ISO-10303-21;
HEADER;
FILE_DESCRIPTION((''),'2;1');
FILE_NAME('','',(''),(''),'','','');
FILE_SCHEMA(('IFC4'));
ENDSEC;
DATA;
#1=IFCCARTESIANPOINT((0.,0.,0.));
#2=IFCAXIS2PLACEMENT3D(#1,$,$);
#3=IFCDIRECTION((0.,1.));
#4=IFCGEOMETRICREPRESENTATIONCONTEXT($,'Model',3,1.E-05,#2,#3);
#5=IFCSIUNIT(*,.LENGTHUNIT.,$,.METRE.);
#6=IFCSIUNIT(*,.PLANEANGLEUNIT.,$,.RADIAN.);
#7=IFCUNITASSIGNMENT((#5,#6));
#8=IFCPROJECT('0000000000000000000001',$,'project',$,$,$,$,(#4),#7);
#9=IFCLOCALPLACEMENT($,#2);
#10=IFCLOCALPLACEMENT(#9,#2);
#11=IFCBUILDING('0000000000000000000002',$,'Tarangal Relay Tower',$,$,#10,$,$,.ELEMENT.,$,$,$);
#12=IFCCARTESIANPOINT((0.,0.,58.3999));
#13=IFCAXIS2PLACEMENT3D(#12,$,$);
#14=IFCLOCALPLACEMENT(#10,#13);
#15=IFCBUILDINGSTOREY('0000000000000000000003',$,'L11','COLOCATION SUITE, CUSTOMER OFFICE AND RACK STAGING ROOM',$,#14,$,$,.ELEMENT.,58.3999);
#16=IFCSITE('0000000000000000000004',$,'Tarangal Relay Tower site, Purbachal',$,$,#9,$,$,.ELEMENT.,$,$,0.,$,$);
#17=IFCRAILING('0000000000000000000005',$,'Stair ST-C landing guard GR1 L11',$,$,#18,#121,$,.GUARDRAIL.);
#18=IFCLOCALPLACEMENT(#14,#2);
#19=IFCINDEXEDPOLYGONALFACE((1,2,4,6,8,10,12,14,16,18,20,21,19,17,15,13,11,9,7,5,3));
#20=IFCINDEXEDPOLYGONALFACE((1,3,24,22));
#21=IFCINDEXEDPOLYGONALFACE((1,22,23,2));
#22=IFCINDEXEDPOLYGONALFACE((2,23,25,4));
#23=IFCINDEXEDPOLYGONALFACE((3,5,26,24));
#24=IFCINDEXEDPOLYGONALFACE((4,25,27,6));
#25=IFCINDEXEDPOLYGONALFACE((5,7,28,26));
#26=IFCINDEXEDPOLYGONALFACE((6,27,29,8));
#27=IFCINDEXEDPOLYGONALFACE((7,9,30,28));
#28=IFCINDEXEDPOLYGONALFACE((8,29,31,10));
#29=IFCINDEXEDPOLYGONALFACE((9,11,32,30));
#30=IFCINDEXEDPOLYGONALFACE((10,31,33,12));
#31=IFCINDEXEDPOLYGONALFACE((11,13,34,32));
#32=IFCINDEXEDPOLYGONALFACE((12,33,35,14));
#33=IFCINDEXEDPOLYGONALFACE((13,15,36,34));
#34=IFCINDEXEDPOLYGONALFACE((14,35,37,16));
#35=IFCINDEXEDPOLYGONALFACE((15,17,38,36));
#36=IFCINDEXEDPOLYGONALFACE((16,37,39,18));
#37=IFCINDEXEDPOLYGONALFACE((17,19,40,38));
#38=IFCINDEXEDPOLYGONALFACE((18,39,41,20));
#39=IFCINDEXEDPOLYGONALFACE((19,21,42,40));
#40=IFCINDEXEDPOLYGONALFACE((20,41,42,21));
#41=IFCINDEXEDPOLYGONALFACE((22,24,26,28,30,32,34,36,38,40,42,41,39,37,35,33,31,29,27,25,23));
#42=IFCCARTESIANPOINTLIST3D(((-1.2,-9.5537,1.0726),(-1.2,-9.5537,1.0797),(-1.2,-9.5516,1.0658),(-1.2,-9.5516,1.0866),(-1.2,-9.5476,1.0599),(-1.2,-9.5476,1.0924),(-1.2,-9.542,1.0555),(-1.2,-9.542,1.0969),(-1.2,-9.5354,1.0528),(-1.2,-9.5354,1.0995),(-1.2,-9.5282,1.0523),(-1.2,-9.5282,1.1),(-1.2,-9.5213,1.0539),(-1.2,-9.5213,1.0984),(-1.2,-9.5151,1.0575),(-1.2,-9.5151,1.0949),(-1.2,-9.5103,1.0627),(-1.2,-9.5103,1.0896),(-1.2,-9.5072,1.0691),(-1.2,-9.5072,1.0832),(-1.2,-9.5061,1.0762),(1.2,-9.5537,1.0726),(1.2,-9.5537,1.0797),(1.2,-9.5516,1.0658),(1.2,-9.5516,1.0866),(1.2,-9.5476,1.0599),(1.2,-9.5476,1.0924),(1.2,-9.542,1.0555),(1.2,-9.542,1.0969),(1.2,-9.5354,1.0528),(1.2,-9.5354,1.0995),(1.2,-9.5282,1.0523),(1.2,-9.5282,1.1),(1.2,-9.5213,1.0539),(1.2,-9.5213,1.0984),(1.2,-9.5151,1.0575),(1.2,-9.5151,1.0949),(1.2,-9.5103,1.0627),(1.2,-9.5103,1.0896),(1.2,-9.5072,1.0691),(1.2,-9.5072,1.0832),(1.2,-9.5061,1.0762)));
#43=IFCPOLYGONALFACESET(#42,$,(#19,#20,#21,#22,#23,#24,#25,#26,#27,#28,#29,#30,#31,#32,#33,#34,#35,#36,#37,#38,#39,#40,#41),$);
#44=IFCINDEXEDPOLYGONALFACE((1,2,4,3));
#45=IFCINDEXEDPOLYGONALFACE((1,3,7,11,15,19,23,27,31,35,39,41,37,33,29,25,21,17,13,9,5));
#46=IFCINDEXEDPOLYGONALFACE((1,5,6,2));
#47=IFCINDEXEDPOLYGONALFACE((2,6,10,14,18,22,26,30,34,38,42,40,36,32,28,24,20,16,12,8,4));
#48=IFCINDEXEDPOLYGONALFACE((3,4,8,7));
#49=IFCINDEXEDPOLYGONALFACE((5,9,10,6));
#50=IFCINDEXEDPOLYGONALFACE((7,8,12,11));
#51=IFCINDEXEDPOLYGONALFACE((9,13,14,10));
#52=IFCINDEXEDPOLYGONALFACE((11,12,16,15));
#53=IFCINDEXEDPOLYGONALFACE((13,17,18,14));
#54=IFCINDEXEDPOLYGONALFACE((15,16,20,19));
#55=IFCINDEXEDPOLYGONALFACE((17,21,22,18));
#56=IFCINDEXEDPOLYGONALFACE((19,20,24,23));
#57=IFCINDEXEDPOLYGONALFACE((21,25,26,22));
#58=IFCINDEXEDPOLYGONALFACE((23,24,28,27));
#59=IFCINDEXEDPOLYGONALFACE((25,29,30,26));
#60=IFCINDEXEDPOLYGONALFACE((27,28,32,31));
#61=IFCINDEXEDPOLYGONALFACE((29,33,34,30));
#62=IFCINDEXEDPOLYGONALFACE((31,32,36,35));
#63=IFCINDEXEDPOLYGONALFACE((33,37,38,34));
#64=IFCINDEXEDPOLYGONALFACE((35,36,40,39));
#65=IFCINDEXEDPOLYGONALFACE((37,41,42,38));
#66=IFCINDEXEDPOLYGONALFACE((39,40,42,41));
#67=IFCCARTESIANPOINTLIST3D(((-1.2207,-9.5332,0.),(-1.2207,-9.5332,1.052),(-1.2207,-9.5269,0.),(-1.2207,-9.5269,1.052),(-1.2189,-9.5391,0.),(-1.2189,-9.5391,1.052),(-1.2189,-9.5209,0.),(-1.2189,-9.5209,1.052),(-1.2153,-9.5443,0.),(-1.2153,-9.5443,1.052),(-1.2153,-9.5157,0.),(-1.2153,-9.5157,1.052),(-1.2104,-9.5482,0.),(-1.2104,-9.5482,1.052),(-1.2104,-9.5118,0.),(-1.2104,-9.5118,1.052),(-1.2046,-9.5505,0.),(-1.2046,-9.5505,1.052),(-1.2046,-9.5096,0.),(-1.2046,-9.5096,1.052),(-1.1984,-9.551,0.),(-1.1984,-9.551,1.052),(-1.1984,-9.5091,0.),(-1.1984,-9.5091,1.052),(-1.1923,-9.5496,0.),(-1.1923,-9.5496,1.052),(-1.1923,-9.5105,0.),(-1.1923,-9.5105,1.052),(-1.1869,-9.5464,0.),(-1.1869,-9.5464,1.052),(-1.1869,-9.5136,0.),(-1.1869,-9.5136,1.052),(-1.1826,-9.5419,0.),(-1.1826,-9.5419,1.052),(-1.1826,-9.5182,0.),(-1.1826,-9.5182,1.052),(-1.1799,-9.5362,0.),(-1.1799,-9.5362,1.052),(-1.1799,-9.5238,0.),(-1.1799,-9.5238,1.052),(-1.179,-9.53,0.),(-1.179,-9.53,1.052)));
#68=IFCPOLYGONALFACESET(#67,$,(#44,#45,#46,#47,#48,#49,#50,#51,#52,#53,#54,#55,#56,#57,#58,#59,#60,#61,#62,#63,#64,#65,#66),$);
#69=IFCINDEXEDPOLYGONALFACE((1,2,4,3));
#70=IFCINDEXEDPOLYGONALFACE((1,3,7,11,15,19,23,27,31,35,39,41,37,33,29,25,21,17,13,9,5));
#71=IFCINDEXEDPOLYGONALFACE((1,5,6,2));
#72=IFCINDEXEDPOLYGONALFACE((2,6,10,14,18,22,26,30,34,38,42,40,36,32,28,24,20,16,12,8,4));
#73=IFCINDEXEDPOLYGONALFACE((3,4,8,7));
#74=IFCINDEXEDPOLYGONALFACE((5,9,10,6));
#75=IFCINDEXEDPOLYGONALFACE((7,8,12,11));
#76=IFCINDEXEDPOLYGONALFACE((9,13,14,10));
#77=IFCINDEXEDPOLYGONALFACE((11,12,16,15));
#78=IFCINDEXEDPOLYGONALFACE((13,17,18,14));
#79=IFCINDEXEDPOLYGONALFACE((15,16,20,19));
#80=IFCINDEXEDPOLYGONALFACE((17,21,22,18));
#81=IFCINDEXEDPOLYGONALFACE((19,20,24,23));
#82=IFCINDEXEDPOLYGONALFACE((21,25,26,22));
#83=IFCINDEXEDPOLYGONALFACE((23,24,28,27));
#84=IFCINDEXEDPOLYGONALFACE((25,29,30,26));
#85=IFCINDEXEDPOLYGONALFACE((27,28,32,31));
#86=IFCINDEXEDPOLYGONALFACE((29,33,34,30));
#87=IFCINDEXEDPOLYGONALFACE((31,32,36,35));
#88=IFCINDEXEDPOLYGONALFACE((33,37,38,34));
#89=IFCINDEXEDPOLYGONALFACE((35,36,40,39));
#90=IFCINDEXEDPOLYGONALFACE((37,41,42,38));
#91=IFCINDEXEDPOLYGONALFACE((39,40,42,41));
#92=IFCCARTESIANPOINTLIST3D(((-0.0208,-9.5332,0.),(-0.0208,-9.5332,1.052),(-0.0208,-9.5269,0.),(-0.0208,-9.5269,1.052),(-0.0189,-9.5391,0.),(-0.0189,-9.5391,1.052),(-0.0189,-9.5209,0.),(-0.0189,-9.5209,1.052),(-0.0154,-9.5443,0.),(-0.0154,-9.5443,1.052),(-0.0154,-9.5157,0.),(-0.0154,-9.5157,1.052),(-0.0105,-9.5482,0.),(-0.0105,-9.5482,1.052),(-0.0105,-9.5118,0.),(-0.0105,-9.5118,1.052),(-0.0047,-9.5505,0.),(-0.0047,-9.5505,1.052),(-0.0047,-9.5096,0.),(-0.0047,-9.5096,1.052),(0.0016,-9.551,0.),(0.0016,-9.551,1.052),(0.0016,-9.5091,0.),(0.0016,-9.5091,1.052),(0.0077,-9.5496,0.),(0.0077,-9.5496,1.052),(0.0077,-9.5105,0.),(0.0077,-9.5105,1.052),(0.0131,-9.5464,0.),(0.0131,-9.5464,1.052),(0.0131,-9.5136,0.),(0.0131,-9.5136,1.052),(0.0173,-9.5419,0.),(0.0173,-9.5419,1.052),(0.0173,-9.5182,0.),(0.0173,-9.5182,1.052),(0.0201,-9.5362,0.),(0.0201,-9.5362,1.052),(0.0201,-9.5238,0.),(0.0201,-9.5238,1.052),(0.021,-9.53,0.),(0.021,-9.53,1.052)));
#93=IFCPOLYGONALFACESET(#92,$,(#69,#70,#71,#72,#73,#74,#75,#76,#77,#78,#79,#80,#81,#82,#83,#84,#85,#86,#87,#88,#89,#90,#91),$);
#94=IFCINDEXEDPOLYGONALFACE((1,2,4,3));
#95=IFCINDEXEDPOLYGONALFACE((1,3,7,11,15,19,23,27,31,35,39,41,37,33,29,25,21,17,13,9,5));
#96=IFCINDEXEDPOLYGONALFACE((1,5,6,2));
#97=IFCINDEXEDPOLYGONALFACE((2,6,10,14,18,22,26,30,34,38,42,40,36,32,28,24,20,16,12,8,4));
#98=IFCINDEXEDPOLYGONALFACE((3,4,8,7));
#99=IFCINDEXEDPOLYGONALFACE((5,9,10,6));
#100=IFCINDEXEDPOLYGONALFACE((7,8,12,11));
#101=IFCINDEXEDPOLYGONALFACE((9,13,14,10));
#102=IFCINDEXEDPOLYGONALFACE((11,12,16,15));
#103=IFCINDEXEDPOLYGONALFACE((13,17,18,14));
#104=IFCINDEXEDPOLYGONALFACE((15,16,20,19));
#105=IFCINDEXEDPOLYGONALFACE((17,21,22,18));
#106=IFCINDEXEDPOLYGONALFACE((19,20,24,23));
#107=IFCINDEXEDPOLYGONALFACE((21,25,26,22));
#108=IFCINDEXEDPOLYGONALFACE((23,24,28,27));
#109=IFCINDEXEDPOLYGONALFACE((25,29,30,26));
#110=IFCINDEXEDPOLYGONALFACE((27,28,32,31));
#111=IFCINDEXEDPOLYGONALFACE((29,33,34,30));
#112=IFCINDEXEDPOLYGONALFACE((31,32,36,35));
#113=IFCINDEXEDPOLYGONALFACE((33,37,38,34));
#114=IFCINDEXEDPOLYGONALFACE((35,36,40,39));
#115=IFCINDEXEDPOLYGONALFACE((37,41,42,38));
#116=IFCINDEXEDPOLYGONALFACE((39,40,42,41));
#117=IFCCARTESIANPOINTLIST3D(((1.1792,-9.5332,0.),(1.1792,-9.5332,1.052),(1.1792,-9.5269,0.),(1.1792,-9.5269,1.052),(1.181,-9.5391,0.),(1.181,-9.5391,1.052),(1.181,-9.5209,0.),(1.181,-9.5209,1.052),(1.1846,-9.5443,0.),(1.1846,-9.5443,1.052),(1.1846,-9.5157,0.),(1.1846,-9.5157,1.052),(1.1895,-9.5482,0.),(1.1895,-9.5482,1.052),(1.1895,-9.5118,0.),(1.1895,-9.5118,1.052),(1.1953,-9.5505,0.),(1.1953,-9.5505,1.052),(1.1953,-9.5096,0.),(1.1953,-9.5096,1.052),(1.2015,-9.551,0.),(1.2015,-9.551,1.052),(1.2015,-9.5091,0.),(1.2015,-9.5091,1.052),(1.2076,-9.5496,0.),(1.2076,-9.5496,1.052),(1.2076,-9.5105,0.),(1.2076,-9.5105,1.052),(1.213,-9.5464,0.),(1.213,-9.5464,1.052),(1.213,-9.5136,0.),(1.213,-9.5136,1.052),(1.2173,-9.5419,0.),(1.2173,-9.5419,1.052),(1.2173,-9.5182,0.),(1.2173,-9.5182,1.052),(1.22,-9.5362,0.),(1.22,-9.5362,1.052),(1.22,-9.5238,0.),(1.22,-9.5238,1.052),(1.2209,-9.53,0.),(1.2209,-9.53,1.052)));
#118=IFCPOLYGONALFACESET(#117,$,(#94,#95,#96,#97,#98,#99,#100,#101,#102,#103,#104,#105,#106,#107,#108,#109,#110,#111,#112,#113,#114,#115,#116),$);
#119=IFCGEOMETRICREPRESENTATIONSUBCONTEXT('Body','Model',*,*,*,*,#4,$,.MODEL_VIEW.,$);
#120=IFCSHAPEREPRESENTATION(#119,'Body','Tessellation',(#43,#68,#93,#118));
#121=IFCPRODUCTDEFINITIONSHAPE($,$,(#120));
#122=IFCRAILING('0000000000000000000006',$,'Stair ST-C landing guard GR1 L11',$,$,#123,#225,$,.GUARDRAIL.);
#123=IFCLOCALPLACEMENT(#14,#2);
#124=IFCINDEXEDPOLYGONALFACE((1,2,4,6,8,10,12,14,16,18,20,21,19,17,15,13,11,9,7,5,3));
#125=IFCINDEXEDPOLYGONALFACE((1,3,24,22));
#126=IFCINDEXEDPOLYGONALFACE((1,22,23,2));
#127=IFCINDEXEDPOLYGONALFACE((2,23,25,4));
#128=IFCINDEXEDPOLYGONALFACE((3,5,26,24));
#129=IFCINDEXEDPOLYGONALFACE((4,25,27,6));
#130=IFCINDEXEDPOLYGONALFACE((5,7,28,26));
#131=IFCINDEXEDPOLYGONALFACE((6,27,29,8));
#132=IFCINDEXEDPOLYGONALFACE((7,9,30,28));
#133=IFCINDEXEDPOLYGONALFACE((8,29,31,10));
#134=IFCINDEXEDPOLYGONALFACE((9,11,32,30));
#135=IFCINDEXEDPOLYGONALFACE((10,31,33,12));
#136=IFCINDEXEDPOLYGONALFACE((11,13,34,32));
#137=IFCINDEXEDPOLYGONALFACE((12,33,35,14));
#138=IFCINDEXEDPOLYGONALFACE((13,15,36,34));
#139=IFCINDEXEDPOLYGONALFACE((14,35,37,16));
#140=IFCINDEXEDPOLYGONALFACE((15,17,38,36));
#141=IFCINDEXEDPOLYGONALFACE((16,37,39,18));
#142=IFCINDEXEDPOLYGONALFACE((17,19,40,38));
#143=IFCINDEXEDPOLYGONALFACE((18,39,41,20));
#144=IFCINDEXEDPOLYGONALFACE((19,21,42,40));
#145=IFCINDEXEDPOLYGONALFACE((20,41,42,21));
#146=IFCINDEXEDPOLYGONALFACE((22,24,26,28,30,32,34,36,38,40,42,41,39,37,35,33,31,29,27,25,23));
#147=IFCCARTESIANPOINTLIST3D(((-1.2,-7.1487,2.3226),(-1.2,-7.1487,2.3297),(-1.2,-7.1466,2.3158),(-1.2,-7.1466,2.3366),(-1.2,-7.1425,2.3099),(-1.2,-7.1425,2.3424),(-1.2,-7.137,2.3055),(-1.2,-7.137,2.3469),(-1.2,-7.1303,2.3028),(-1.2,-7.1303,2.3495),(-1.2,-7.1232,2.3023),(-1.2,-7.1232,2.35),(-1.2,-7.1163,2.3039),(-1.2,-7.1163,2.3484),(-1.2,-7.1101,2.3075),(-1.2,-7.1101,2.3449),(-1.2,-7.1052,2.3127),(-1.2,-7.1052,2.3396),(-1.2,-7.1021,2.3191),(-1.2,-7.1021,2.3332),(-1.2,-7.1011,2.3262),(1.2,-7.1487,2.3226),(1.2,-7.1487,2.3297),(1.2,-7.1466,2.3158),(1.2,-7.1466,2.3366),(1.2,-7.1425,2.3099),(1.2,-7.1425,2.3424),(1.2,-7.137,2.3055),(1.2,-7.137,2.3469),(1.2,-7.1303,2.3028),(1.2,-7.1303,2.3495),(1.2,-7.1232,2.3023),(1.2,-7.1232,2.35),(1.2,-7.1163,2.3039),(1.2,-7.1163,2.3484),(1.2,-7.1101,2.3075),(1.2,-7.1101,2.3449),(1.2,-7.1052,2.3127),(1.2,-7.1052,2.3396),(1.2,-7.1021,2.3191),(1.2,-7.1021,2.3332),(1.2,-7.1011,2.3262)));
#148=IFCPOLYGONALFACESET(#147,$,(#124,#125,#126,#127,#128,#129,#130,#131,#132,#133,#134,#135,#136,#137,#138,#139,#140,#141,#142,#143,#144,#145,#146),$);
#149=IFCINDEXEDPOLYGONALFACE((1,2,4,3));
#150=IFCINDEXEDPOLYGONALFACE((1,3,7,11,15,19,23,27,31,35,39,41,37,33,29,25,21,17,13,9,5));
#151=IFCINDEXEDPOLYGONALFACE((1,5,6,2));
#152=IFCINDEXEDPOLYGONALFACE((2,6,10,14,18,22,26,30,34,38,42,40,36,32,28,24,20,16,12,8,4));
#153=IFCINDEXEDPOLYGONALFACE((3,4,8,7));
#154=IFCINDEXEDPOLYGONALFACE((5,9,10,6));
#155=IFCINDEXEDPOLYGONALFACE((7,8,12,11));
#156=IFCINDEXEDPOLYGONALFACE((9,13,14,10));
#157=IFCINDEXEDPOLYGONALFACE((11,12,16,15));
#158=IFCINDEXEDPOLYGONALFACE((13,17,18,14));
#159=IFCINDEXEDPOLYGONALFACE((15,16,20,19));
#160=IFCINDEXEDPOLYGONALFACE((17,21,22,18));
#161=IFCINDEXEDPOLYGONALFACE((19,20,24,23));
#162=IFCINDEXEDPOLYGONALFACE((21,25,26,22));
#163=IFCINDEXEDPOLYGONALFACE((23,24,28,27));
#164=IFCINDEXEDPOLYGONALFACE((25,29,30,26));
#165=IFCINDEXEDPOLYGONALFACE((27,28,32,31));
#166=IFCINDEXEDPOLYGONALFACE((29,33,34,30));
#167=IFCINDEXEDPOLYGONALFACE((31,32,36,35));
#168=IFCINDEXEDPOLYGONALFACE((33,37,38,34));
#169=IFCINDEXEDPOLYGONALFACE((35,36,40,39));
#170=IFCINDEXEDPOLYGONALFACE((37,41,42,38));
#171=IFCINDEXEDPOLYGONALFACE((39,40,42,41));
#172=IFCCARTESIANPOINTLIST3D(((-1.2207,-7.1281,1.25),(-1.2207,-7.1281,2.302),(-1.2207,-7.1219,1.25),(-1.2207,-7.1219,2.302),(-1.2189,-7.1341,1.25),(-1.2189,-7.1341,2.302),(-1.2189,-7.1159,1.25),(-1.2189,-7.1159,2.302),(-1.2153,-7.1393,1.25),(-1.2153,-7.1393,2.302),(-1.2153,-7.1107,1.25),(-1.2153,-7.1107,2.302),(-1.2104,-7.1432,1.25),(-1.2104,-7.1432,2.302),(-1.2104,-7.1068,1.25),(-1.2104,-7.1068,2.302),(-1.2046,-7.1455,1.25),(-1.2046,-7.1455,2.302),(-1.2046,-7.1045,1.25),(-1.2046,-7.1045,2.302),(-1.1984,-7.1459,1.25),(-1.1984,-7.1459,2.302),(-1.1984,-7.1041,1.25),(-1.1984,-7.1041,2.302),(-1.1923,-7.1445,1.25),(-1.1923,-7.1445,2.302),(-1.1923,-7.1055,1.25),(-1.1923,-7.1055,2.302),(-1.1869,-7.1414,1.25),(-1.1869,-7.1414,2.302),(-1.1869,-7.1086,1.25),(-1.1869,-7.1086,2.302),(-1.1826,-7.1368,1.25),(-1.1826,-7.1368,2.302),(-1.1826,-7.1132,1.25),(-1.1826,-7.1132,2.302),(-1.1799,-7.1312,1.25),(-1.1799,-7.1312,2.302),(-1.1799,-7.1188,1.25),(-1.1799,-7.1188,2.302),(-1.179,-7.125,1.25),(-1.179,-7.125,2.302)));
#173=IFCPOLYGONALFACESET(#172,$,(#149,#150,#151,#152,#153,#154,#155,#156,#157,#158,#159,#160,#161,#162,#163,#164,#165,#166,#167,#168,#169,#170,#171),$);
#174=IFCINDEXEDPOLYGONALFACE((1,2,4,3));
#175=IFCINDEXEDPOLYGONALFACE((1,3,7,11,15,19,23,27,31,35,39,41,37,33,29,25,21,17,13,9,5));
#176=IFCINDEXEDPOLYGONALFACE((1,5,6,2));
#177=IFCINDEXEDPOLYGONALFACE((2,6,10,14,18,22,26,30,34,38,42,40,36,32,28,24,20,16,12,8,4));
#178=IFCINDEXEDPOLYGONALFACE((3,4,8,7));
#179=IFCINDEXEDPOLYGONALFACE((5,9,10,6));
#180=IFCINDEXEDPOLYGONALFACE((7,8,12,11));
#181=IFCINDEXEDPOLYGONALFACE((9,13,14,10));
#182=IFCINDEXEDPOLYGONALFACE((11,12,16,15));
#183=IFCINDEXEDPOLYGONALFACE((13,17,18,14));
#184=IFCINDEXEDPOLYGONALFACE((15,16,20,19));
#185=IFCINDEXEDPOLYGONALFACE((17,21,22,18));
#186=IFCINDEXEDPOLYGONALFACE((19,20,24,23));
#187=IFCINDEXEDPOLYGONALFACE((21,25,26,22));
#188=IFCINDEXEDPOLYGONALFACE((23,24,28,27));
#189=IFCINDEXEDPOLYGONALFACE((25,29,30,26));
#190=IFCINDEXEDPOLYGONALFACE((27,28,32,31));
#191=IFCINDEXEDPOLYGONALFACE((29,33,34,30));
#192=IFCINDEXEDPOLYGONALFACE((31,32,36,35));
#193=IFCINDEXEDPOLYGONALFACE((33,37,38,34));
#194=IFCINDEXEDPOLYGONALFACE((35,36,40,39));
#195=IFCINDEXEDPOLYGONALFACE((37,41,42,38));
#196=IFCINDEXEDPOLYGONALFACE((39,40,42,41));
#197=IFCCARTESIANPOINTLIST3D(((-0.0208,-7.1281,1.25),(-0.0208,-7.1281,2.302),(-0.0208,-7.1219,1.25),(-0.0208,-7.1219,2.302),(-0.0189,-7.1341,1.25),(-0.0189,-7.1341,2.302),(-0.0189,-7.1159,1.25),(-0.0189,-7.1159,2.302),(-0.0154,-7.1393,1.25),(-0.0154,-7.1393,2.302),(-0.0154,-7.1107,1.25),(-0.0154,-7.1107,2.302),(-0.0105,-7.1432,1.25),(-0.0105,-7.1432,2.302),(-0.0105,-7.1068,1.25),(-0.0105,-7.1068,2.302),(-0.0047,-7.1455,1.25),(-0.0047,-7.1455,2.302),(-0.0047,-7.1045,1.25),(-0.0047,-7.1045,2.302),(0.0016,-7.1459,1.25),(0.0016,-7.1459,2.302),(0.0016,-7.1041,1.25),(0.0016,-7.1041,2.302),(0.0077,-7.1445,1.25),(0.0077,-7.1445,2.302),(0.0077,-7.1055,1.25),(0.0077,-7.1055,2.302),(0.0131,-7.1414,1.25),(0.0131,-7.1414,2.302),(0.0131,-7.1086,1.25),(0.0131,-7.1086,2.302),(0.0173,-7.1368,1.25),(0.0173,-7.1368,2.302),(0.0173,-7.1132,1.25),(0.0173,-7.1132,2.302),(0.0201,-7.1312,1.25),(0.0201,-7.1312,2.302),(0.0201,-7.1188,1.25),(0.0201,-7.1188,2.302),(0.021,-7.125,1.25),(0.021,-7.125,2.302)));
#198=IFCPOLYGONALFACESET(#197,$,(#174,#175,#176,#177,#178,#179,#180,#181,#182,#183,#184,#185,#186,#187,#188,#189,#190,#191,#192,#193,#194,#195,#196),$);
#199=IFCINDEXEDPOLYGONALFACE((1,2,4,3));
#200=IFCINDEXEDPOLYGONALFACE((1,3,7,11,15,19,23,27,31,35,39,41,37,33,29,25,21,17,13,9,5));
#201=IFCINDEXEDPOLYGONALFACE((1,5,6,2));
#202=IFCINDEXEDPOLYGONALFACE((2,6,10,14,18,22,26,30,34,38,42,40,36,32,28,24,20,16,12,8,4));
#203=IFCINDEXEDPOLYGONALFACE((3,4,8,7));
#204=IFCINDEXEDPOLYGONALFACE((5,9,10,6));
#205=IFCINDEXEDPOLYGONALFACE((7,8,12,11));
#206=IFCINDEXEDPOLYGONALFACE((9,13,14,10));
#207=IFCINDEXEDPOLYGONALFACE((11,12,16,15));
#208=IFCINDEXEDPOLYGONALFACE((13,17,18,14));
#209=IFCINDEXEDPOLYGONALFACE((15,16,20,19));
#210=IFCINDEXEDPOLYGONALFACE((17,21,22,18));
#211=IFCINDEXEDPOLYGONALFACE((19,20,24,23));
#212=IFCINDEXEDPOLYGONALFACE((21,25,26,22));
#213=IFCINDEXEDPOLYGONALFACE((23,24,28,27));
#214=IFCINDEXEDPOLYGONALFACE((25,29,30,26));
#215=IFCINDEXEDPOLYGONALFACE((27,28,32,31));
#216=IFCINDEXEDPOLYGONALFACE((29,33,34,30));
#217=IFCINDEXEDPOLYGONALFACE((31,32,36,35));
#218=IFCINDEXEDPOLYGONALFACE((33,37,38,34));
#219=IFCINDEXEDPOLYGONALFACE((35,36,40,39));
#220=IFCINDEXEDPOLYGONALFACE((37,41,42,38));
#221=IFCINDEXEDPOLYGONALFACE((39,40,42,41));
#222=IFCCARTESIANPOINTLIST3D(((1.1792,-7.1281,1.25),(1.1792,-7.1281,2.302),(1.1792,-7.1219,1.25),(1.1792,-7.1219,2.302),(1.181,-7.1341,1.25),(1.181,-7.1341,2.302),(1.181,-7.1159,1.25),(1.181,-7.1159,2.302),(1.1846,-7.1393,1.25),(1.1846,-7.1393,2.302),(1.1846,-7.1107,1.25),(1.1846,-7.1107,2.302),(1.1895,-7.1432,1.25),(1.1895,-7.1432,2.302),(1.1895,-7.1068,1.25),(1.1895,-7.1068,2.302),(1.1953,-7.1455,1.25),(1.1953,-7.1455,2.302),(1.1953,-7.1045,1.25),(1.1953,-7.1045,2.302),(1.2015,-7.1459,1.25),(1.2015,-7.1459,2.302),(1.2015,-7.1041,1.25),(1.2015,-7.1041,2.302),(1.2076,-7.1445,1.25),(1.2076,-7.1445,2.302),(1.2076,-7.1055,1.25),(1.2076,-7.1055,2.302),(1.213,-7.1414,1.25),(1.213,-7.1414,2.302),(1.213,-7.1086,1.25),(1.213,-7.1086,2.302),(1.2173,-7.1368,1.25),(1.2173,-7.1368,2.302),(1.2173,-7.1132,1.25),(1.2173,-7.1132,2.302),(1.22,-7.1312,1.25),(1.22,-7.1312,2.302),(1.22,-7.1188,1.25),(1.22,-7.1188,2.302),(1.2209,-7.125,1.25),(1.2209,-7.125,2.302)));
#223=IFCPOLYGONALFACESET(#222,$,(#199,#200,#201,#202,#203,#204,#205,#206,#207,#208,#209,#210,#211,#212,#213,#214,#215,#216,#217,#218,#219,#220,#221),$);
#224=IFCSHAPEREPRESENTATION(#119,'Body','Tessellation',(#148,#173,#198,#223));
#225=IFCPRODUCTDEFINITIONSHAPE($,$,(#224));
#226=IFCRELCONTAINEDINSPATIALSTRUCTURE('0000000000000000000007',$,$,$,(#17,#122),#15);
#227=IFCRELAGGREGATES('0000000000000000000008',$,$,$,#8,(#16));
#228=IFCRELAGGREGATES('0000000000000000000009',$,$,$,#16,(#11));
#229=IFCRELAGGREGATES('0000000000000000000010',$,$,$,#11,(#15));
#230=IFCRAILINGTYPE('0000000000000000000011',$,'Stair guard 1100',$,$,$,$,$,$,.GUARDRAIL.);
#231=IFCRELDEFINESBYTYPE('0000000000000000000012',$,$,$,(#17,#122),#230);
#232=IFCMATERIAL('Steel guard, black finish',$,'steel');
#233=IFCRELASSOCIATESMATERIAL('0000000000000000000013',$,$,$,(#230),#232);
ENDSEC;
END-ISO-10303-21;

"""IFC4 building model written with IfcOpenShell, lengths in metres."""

from ifc_helpers import new_model, si_unit, direction, frame, origin, origin_2d, place, context, subcontext, project, spatial, circle, extrude, material, type_object, element, save


model = new_model("IFC4")

# Units and contexts
model_context = context("Model", 3, precision=1e-05, world=origin(), true_north=direction((0.0, 1.0)))
body_context = subcontext(model_context, "Body", "Model", "MODEL_VIEW")
ifc_project = project(units=[si_unit("LENGTHUNIT", "METRE"), si_unit("PLANEANGLEUNIT", "RADIAN")], contexts=[model_context])

# Site, building, storey
site_placement = place(None, origin())
site = spatial("IfcSite", under=ifc_project, at=site_placement, Name="Tarangal Relay Tower site, Purbachal", CompositionType="ELEMENT", RefElevation=0.0)
building_placement = place(site_placement, origin())
building = spatial("IfcBuilding", under=site, at=building_placement, Name="Tarangal Relay Tower", CompositionType="ELEMENT")
storey_placement = place(building_placement, frame((0.0, 0.0, 58.3999)))
storey = spatial("IfcBuildingStorey", under=building, at=storey_placement, Name="L11", Description="COLOCATION SUITE, CUSTOMER OFFICE AND RACK STAGING ROOM", CompositionType="ELEMENT", Elevation=58.3999)

# Railings
ifc_material_1 = material(Name="Steel guard, black finish", Category="steel")
railing_type_1 = type_object("IfcRailingType", Name="Stair guard 1100", PredefinedType="GUARDRAIL", material=ifc_material_1)
for number, where, name in (
    (1, (-1.2, -9.53, 0.0), "Stair ST-C landing guard GR1 L11"),
    (2, (-1.2, -7.125, 1.25), "Stair ST-C landing guard GR1 L11"),
):
    element("IfcRailing", number, at=place(storey_placement, frame(where)), inside=storey, type_object=railing_type_1, Name=name, PredefinedType="GUARDRAIL", context=body_context, shape_type="SweptSolid", body=[
        extrude(circle(Radius=0.0239, at=origin_2d()), frame((0.0, 0.0, 1.0762), z_axis=(1.0, 0.0, 0.0), x_axis=(0.0, 1.0, 0.0)), (0.0, 0.0, 1.0), 2.3999),
        extrude(circle(Radius=0.021, at=origin_2d()), origin(), (0.0, 0.0, 1.0), 1.052),
        extrude(circle(Radius=0.021, at=origin_2d()), frame((1.2, 0.0, 0.0)), (0.0, 0.0, 1.0), 1.052),
        extrude(circle(Radius=0.021, at=origin_2d()), frame((2.3999, 0.0, 0.0)), (0.0, 0.0, 1.0), 1.052),
    ])

save(model, "model.ifc")
